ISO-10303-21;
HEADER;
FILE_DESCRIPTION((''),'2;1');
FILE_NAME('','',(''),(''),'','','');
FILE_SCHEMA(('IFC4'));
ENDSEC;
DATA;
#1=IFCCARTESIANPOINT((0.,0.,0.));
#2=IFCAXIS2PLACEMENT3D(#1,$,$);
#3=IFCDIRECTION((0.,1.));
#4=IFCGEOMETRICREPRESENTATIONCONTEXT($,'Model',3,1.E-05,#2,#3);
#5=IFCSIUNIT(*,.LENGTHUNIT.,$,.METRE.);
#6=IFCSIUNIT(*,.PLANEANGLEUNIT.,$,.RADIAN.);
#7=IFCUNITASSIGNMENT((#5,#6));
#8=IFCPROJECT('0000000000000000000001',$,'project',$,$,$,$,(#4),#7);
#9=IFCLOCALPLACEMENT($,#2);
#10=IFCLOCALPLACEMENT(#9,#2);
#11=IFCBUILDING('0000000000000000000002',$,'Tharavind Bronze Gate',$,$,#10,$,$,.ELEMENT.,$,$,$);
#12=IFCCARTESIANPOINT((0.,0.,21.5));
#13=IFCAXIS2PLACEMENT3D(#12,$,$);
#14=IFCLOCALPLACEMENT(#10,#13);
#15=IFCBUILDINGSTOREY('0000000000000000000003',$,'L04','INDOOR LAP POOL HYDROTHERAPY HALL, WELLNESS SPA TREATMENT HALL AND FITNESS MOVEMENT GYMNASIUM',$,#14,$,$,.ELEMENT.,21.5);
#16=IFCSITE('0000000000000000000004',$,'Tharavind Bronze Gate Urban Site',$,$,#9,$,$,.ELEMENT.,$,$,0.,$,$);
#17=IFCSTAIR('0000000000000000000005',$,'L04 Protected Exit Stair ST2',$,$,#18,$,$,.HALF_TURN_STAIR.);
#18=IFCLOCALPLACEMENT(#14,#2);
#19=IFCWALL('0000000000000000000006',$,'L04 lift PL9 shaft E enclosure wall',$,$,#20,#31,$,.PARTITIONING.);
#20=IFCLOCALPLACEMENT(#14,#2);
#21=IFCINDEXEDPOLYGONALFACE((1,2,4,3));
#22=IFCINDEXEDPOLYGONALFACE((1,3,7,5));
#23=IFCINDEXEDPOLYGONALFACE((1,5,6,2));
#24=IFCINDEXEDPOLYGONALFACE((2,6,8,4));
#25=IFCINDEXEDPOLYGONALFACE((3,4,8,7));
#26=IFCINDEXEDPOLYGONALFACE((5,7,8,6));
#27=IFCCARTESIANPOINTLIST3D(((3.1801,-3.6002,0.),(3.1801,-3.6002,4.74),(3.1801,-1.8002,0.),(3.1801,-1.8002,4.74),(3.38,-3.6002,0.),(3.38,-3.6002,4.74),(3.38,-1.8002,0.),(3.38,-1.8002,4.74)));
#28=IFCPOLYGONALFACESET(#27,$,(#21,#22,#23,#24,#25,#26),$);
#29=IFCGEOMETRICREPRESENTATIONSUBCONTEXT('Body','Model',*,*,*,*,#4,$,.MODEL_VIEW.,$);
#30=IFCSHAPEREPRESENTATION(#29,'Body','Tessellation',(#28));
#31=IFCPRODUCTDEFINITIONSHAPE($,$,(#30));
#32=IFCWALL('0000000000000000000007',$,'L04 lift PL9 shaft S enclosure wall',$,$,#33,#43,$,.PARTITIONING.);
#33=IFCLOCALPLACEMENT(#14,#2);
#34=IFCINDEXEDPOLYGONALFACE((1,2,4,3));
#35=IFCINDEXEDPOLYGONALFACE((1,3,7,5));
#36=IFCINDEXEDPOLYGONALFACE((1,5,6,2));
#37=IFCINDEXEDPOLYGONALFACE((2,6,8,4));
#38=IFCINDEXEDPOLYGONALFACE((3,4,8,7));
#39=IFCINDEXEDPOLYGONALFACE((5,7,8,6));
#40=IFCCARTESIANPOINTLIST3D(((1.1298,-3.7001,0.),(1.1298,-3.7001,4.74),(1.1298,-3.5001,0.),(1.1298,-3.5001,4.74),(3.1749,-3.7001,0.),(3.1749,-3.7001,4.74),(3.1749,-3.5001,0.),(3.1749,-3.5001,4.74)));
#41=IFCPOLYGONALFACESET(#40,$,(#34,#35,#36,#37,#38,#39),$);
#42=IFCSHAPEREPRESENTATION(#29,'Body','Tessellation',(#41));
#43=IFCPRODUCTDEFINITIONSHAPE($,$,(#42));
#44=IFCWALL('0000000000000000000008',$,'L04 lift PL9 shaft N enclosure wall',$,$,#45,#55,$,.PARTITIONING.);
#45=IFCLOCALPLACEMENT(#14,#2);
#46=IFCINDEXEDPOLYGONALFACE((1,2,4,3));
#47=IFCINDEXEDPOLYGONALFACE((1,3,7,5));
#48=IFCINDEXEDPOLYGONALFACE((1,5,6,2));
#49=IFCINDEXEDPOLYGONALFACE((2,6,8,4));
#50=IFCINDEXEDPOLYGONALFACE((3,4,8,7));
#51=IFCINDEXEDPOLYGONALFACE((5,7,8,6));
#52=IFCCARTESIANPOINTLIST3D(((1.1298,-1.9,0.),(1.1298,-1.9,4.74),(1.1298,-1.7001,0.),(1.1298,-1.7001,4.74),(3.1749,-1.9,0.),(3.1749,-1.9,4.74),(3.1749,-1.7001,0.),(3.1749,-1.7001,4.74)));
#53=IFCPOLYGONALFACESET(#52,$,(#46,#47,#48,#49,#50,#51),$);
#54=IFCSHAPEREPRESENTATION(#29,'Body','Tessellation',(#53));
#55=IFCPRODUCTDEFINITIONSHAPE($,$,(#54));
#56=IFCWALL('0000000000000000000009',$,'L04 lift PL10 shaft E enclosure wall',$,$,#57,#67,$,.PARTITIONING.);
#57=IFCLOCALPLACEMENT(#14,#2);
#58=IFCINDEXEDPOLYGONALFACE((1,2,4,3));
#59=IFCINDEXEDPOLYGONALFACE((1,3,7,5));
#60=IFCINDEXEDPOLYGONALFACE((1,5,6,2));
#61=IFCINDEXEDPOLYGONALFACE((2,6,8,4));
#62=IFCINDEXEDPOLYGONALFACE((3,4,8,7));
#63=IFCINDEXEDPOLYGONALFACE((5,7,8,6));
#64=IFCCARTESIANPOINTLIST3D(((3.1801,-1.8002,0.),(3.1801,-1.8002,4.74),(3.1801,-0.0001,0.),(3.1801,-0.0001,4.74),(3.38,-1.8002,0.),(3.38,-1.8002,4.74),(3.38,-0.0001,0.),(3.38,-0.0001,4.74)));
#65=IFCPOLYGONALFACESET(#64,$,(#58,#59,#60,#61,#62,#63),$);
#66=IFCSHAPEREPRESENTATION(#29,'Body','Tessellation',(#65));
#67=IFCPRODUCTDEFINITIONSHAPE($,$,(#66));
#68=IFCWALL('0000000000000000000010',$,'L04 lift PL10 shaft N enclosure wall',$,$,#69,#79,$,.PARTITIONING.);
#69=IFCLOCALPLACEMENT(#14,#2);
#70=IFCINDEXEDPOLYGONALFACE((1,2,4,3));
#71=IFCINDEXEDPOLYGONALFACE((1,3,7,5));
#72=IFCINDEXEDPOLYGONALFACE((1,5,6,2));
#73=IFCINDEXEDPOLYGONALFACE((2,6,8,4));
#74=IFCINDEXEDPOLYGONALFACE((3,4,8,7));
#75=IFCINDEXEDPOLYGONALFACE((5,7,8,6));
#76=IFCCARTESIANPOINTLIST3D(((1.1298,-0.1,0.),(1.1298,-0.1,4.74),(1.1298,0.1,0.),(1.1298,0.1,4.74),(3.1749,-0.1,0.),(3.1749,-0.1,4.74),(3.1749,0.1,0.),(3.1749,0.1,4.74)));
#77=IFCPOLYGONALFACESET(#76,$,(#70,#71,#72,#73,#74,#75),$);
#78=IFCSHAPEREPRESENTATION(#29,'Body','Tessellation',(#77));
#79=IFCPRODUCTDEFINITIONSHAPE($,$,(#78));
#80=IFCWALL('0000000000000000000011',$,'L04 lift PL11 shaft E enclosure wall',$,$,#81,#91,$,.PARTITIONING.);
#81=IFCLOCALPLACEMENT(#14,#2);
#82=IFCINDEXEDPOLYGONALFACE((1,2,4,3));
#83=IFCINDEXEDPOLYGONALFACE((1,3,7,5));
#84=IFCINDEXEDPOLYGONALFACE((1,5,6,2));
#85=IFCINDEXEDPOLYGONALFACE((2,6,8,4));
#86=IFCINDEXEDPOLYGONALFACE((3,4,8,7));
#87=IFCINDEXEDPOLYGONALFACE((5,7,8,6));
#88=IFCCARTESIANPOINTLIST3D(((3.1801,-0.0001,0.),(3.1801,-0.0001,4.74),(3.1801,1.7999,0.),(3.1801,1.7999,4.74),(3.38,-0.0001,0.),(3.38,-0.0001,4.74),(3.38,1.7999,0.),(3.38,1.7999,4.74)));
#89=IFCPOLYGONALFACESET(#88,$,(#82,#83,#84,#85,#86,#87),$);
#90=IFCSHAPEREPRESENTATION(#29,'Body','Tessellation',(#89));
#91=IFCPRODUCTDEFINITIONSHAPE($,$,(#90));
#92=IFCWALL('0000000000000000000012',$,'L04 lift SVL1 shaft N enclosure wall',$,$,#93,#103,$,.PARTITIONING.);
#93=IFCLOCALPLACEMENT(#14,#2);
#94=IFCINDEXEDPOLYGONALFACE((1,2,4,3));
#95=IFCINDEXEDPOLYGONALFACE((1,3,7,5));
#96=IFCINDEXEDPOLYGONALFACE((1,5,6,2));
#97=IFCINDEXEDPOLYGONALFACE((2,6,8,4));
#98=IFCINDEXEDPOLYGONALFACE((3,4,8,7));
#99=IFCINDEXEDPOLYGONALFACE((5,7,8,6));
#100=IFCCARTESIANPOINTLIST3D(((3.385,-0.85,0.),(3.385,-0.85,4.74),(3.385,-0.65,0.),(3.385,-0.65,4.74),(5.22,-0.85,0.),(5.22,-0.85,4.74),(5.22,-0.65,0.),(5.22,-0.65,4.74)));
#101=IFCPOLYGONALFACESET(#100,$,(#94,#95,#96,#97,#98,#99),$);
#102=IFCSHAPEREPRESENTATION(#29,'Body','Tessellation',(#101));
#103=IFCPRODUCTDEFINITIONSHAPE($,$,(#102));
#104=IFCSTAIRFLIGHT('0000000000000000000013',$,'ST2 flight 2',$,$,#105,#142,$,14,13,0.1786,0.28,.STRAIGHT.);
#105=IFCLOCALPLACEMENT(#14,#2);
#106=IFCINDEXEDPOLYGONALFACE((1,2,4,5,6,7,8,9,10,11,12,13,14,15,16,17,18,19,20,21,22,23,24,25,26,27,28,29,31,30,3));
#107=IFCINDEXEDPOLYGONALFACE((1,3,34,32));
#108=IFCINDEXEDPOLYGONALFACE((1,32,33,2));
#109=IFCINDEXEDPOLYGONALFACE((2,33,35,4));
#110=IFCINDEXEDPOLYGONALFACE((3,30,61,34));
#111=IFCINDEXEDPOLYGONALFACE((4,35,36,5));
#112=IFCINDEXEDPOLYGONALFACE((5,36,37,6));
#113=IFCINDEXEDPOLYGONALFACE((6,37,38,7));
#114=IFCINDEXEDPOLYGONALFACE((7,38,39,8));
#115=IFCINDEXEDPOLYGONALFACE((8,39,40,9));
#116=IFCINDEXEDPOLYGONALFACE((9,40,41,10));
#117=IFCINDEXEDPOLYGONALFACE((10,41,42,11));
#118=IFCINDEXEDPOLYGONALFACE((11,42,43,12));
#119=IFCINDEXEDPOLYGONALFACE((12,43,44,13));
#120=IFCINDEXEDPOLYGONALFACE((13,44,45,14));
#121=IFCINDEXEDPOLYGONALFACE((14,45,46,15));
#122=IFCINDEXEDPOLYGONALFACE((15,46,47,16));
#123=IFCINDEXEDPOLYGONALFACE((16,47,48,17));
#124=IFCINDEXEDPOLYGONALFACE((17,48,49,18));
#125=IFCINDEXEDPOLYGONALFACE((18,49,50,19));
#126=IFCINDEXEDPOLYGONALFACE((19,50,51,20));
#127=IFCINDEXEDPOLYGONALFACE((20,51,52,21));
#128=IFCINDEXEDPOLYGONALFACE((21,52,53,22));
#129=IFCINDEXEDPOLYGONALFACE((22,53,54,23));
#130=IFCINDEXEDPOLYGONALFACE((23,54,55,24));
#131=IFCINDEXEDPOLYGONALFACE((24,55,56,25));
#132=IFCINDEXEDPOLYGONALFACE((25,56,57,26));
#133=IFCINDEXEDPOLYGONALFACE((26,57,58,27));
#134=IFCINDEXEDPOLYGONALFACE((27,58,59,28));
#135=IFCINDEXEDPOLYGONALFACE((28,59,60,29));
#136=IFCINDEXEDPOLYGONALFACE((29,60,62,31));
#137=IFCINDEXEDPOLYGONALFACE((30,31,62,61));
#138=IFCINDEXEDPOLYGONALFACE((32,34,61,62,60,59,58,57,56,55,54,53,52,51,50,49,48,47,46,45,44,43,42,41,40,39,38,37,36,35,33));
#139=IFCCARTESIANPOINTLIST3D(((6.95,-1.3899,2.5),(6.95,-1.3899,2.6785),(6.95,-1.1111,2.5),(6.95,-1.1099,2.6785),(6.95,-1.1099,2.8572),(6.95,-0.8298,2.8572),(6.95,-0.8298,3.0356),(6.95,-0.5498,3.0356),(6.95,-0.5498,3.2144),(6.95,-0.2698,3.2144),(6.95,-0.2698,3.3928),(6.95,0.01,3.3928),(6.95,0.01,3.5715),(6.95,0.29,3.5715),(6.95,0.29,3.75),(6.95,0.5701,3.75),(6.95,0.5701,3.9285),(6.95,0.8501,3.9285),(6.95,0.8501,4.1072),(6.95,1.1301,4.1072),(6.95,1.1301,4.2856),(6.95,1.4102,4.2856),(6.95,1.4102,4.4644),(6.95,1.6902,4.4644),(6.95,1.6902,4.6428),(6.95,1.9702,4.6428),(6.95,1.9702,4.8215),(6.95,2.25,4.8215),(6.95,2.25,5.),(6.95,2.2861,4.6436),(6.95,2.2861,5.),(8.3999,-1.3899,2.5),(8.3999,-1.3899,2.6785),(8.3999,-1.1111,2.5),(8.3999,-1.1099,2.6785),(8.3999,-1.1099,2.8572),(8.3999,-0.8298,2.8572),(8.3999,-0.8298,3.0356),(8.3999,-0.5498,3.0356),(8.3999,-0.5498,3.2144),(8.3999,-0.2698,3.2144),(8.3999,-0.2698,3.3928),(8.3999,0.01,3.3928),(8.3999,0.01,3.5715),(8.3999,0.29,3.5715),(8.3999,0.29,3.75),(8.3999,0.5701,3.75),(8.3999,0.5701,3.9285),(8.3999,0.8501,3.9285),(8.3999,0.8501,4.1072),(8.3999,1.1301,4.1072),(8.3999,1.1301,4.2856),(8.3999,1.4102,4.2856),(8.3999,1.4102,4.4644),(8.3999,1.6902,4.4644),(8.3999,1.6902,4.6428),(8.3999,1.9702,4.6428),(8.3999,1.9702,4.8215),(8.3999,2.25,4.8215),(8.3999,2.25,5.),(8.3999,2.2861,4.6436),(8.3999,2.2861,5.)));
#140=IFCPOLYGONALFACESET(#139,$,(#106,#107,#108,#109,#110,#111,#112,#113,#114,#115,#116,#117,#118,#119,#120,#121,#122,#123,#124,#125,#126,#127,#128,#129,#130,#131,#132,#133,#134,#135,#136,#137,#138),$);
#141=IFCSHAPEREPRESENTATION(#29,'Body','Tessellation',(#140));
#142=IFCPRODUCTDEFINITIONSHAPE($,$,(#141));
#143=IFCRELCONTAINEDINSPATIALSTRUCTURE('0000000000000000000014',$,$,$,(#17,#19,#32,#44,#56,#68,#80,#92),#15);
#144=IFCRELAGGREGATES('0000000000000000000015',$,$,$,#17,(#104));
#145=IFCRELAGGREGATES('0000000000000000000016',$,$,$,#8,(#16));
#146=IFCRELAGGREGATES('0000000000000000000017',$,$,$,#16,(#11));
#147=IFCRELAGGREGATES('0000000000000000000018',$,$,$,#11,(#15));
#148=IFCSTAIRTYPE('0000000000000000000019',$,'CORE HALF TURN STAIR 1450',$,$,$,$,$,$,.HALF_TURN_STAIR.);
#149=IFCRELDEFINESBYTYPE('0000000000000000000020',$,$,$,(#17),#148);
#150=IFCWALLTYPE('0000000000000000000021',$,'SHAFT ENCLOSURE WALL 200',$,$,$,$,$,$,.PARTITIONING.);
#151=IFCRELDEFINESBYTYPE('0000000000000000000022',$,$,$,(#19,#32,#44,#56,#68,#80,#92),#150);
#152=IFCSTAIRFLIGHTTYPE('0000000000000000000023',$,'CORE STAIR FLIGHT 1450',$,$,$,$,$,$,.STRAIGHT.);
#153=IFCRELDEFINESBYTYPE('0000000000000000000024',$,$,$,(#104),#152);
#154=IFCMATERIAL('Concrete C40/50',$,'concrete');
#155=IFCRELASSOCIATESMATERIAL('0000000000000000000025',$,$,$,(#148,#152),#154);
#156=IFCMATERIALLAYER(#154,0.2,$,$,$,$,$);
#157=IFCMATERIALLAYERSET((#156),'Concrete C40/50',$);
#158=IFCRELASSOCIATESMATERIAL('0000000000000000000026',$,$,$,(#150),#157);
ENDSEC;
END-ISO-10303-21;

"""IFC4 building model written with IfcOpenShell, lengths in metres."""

from ifc_helpers import new_model, si_unit, direction, frame, frame_2d, origin, place, context, subcontext, project, spatial, polyline, rectangle, outline, extrude, material, layer, layer_set, type_object, element, aggregate, save


model = new_model("IFC4")

# Units and contexts
model_context = context("Model", 3, precision=1e-05, world=origin(), true_north=direction((0.0, 1.0)))
body_context = subcontext(model_context, "Body", "Model", "MODEL_VIEW")
ifc_project = project(units=[si_unit("LENGTHUNIT", "METRE"), si_unit("PLANEANGLEUNIT", "RADIAN")], contexts=[model_context])

# Site, building, storey
site_placement = place(None, origin())
site = spatial("IfcSite", under=ifc_project, at=site_placement, Name="Tharavind Bronze Gate Urban Site", CompositionType="ELEMENT", RefElevation=0.0)
building_placement = place(site_placement, origin())
building = spatial("IfcBuilding", under=site, at=building_placement, Name="Tharavind Bronze Gate", CompositionType="ELEMENT")
storey_placement = place(building_placement, frame((0.0, 0.0, 21.5)))
storey = spatial("IfcBuildingStorey", under=building, at=storey_placement, Name="L04", Description="INDOOR LAP POOL HYDROTHERAPY HALL, WELLNESS SPA TREATMENT HALL AND FITNESS MOVEMENT GYMNASIUM", CompositionType="ELEMENT", Elevation=21.5)

# Stair
ifc_material_1 = material(Name="Concrete C40/50", Category="concrete")
stair_type_1 = type_object("IfcStairType", Name="CORE HALF TURN STAIR 1450", PredefinedType="HALF_TURN_STAIR", material=ifc_material_1)
stair_1_placement = place(storey_placement, origin())
stair_1 = element("IfcStair", 1, at=stair_1_placement, inside=storey, type_object=stair_type_1, Name="L04 Protected Exit Stair ST2", PredefinedType="HALF_TURN_STAIR")

# Walls
ifc_layer_1 = layer(ifc_material_1, 0.2)
ifc_layer_set_1 = layer_set([ifc_layer_1], Name="Concrete C40/50")
wall_type_1 = type_object("IfcWallType", Name="SHAFT ENCLOSURE WALL 200", PredefinedType="PARTITIONING", material=ifc_layer_set_1)
wall_1_placement = place(storey_placement, frame((3.28, -3.6001, 0.0), z_axis=(0.0, 0.0, 1.0), x_axis=(0.0, 1.0, 0.0)))
element("IfcWall", 2, at=wall_1_placement, inside=storey, type_object=wall_type_1, Name="L04 lift PL9 shaft E enclosure wall", PredefinedType="PARTITIONING", context=body_context, shape_type="SweptSolid", body=[
    extrude(rectangle(XDim=1.8, YDim=0.2, at=frame_2d((0.8999, 0.0))), origin(), (0.0, 0.0, 1.0), 4.74),
])
for number, where, z_axis, x_axis, name in (
    (3, (1.1299, -3.6001, 0.0), (0.0, 0.0, 1.0), (1.0, 0.0, 0.0), "L04 lift PL9 shaft S enclosure wall"),
    (4, (1.1299, -1.8, 0.0), (0.0, 0.0, 1.0), (1.0, 0.0, 0.0), "L04 lift PL9 shaft N enclosure wall"),
):
    element("IfcWall", number, at=place(storey_placement, frame(where, z_axis=z_axis, x_axis=x_axis)), inside=storey, type_object=wall_type_1, Name=name, PredefinedType="PARTITIONING", context=body_context, shape_type="SweptSolid", body=[
        extrude(rectangle(XDim=2.0452, YDim=0.2, at=frame_2d((1.0225, 0.0))), origin(), (0.0, 0.0, 1.0), 4.74),
    ])
wall_2_placement = place(storey_placement, frame((3.28, -1.8, 0.0), z_axis=(0.0, 0.0, 1.0), x_axis=(0.0, 1.0, 0.0)))
element("IfcWall", 5, at=wall_2_placement, inside=storey, type_object=wall_type_1, Name="L04 lift PL10 shaft E enclosure wall", PredefinedType="PARTITIONING", context=body_context, shape_type="SweptSolid", body=[
    extrude(rectangle(XDim=1.8, YDim=0.2, at=frame_2d((0.8999, 0.0))), origin(), (0.0, 0.0, 1.0), 4.74),
])
wall_3_placement = place(storey_placement, frame((1.1299, 0.0, 0.0), z_axis=(0.0, 0.0, 1.0), x_axis=(1.0, 0.0, 0.0)))
element("IfcWall", 6, at=wall_3_placement, inside=storey, type_object=wall_type_1, Name="L04 lift PL10 shaft N enclosure wall", PredefinedType="PARTITIONING", context=body_context, shape_type="SweptSolid", body=[
    extrude(rectangle(XDim=2.0452, YDim=0.2, at=frame_2d((1.0225, 0.0))), origin(), (0.0, 0.0, 1.0), 4.74),
])
wall_4_placement = place(storey_placement, frame((3.28, 0.0, 0.0), z_axis=(0.0, 0.0, 1.0), x_axis=(0.0, 1.0, 0.0)))
element("IfcWall", 7, at=wall_4_placement, inside=storey, type_object=wall_type_1, Name="L04 lift PL11 shaft E enclosure wall", PredefinedType="PARTITIONING", context=body_context, shape_type="SweptSolid", body=[
    extrude(rectangle(XDim=1.8, YDim=0.2, at=frame_2d((0.8999, 0.0))), origin(), (0.0, 0.0, 1.0), 4.74),
])
wall_5_placement = place(storey_placement, frame((3.385, -0.75, 0.0), z_axis=(0.0, 0.0, 1.0), x_axis=(1.0, 0.0, 0.0)))
element("IfcWall", 8, at=wall_5_placement, inside=storey, type_object=wall_type_1, Name="L04 lift SVL1 shaft N enclosure wall", PredefinedType="PARTITIONING", context=body_context, shape_type="SweptSolid", body=[
    extrude(rectangle(XDim=1.835, YDim=0.2, at=frame_2d((0.9175, 0.0))), origin(), (0.0, 0.0, 1.0), 4.74),
])

# Stair flight
stair_flight_type = type_object("IfcStairFlightType", Name="CORE STAIR FLIGHT 1450", PredefinedType="STRAIGHT", material=ifc_material_1)
stair_flight_placement = place(storey_placement, frame((7.675, -1.3899, 2.5), z_axis=(0.0, 0.0, 1.0), x_axis=(0.0, 1.0, 0.0)))
stair_flight = element("IfcStairFlight", 9, at=stair_flight_placement, type_object=stair_flight_type, Name="ST2 flight 2", NumberOfRisers=14, NumberOfTreads=13, PredefinedType="STRAIGHT", RiserHeight=0.1786, TreadLength=0.28, context=body_context, shape_type="SweptSolid", body=[
    extrude(outline(polyline([(0.0, 0.0), (0.0, 0.1785), (0.28, 0.1785), (0.28, 0.3572), (0.5601, 0.3572), (0.5601, 0.5356), (0.8401, 0.5356), (0.8401, 0.7144), (1.1201, 0.7144), (1.1201, 0.8928), (1.3999, 0.8928), (1.3999, 1.0715), (1.6799, 1.0715), (1.6799, 1.25), (1.96, 1.25), (1.96, 1.4285), (2.24, 1.4285), (2.24, 1.6072), (2.52, 1.6072), (2.52, 1.7856), (2.8, 1.7856), (2.8, 1.9644), (3.0801, 1.9644), (3.0801, 2.1428), (3.3601, 2.1428), (3.3601, 2.3215), (3.6399, 2.3215), (3.6399, 2.5), (3.676, 2.5), (3.676, 2.1436), (0.2788, 0.0), (0.0, 0.0)])), frame((0.0, 0.7251, 0.0), z_axis=(0.0, -1.0, 0.0), x_axis=(1.0, 0.0, 0.0)), (0.0, 0.0, 1.0), 1.45),
])
aggregate(stair_1, [stair_flight])

save(model, "model.ifc")
